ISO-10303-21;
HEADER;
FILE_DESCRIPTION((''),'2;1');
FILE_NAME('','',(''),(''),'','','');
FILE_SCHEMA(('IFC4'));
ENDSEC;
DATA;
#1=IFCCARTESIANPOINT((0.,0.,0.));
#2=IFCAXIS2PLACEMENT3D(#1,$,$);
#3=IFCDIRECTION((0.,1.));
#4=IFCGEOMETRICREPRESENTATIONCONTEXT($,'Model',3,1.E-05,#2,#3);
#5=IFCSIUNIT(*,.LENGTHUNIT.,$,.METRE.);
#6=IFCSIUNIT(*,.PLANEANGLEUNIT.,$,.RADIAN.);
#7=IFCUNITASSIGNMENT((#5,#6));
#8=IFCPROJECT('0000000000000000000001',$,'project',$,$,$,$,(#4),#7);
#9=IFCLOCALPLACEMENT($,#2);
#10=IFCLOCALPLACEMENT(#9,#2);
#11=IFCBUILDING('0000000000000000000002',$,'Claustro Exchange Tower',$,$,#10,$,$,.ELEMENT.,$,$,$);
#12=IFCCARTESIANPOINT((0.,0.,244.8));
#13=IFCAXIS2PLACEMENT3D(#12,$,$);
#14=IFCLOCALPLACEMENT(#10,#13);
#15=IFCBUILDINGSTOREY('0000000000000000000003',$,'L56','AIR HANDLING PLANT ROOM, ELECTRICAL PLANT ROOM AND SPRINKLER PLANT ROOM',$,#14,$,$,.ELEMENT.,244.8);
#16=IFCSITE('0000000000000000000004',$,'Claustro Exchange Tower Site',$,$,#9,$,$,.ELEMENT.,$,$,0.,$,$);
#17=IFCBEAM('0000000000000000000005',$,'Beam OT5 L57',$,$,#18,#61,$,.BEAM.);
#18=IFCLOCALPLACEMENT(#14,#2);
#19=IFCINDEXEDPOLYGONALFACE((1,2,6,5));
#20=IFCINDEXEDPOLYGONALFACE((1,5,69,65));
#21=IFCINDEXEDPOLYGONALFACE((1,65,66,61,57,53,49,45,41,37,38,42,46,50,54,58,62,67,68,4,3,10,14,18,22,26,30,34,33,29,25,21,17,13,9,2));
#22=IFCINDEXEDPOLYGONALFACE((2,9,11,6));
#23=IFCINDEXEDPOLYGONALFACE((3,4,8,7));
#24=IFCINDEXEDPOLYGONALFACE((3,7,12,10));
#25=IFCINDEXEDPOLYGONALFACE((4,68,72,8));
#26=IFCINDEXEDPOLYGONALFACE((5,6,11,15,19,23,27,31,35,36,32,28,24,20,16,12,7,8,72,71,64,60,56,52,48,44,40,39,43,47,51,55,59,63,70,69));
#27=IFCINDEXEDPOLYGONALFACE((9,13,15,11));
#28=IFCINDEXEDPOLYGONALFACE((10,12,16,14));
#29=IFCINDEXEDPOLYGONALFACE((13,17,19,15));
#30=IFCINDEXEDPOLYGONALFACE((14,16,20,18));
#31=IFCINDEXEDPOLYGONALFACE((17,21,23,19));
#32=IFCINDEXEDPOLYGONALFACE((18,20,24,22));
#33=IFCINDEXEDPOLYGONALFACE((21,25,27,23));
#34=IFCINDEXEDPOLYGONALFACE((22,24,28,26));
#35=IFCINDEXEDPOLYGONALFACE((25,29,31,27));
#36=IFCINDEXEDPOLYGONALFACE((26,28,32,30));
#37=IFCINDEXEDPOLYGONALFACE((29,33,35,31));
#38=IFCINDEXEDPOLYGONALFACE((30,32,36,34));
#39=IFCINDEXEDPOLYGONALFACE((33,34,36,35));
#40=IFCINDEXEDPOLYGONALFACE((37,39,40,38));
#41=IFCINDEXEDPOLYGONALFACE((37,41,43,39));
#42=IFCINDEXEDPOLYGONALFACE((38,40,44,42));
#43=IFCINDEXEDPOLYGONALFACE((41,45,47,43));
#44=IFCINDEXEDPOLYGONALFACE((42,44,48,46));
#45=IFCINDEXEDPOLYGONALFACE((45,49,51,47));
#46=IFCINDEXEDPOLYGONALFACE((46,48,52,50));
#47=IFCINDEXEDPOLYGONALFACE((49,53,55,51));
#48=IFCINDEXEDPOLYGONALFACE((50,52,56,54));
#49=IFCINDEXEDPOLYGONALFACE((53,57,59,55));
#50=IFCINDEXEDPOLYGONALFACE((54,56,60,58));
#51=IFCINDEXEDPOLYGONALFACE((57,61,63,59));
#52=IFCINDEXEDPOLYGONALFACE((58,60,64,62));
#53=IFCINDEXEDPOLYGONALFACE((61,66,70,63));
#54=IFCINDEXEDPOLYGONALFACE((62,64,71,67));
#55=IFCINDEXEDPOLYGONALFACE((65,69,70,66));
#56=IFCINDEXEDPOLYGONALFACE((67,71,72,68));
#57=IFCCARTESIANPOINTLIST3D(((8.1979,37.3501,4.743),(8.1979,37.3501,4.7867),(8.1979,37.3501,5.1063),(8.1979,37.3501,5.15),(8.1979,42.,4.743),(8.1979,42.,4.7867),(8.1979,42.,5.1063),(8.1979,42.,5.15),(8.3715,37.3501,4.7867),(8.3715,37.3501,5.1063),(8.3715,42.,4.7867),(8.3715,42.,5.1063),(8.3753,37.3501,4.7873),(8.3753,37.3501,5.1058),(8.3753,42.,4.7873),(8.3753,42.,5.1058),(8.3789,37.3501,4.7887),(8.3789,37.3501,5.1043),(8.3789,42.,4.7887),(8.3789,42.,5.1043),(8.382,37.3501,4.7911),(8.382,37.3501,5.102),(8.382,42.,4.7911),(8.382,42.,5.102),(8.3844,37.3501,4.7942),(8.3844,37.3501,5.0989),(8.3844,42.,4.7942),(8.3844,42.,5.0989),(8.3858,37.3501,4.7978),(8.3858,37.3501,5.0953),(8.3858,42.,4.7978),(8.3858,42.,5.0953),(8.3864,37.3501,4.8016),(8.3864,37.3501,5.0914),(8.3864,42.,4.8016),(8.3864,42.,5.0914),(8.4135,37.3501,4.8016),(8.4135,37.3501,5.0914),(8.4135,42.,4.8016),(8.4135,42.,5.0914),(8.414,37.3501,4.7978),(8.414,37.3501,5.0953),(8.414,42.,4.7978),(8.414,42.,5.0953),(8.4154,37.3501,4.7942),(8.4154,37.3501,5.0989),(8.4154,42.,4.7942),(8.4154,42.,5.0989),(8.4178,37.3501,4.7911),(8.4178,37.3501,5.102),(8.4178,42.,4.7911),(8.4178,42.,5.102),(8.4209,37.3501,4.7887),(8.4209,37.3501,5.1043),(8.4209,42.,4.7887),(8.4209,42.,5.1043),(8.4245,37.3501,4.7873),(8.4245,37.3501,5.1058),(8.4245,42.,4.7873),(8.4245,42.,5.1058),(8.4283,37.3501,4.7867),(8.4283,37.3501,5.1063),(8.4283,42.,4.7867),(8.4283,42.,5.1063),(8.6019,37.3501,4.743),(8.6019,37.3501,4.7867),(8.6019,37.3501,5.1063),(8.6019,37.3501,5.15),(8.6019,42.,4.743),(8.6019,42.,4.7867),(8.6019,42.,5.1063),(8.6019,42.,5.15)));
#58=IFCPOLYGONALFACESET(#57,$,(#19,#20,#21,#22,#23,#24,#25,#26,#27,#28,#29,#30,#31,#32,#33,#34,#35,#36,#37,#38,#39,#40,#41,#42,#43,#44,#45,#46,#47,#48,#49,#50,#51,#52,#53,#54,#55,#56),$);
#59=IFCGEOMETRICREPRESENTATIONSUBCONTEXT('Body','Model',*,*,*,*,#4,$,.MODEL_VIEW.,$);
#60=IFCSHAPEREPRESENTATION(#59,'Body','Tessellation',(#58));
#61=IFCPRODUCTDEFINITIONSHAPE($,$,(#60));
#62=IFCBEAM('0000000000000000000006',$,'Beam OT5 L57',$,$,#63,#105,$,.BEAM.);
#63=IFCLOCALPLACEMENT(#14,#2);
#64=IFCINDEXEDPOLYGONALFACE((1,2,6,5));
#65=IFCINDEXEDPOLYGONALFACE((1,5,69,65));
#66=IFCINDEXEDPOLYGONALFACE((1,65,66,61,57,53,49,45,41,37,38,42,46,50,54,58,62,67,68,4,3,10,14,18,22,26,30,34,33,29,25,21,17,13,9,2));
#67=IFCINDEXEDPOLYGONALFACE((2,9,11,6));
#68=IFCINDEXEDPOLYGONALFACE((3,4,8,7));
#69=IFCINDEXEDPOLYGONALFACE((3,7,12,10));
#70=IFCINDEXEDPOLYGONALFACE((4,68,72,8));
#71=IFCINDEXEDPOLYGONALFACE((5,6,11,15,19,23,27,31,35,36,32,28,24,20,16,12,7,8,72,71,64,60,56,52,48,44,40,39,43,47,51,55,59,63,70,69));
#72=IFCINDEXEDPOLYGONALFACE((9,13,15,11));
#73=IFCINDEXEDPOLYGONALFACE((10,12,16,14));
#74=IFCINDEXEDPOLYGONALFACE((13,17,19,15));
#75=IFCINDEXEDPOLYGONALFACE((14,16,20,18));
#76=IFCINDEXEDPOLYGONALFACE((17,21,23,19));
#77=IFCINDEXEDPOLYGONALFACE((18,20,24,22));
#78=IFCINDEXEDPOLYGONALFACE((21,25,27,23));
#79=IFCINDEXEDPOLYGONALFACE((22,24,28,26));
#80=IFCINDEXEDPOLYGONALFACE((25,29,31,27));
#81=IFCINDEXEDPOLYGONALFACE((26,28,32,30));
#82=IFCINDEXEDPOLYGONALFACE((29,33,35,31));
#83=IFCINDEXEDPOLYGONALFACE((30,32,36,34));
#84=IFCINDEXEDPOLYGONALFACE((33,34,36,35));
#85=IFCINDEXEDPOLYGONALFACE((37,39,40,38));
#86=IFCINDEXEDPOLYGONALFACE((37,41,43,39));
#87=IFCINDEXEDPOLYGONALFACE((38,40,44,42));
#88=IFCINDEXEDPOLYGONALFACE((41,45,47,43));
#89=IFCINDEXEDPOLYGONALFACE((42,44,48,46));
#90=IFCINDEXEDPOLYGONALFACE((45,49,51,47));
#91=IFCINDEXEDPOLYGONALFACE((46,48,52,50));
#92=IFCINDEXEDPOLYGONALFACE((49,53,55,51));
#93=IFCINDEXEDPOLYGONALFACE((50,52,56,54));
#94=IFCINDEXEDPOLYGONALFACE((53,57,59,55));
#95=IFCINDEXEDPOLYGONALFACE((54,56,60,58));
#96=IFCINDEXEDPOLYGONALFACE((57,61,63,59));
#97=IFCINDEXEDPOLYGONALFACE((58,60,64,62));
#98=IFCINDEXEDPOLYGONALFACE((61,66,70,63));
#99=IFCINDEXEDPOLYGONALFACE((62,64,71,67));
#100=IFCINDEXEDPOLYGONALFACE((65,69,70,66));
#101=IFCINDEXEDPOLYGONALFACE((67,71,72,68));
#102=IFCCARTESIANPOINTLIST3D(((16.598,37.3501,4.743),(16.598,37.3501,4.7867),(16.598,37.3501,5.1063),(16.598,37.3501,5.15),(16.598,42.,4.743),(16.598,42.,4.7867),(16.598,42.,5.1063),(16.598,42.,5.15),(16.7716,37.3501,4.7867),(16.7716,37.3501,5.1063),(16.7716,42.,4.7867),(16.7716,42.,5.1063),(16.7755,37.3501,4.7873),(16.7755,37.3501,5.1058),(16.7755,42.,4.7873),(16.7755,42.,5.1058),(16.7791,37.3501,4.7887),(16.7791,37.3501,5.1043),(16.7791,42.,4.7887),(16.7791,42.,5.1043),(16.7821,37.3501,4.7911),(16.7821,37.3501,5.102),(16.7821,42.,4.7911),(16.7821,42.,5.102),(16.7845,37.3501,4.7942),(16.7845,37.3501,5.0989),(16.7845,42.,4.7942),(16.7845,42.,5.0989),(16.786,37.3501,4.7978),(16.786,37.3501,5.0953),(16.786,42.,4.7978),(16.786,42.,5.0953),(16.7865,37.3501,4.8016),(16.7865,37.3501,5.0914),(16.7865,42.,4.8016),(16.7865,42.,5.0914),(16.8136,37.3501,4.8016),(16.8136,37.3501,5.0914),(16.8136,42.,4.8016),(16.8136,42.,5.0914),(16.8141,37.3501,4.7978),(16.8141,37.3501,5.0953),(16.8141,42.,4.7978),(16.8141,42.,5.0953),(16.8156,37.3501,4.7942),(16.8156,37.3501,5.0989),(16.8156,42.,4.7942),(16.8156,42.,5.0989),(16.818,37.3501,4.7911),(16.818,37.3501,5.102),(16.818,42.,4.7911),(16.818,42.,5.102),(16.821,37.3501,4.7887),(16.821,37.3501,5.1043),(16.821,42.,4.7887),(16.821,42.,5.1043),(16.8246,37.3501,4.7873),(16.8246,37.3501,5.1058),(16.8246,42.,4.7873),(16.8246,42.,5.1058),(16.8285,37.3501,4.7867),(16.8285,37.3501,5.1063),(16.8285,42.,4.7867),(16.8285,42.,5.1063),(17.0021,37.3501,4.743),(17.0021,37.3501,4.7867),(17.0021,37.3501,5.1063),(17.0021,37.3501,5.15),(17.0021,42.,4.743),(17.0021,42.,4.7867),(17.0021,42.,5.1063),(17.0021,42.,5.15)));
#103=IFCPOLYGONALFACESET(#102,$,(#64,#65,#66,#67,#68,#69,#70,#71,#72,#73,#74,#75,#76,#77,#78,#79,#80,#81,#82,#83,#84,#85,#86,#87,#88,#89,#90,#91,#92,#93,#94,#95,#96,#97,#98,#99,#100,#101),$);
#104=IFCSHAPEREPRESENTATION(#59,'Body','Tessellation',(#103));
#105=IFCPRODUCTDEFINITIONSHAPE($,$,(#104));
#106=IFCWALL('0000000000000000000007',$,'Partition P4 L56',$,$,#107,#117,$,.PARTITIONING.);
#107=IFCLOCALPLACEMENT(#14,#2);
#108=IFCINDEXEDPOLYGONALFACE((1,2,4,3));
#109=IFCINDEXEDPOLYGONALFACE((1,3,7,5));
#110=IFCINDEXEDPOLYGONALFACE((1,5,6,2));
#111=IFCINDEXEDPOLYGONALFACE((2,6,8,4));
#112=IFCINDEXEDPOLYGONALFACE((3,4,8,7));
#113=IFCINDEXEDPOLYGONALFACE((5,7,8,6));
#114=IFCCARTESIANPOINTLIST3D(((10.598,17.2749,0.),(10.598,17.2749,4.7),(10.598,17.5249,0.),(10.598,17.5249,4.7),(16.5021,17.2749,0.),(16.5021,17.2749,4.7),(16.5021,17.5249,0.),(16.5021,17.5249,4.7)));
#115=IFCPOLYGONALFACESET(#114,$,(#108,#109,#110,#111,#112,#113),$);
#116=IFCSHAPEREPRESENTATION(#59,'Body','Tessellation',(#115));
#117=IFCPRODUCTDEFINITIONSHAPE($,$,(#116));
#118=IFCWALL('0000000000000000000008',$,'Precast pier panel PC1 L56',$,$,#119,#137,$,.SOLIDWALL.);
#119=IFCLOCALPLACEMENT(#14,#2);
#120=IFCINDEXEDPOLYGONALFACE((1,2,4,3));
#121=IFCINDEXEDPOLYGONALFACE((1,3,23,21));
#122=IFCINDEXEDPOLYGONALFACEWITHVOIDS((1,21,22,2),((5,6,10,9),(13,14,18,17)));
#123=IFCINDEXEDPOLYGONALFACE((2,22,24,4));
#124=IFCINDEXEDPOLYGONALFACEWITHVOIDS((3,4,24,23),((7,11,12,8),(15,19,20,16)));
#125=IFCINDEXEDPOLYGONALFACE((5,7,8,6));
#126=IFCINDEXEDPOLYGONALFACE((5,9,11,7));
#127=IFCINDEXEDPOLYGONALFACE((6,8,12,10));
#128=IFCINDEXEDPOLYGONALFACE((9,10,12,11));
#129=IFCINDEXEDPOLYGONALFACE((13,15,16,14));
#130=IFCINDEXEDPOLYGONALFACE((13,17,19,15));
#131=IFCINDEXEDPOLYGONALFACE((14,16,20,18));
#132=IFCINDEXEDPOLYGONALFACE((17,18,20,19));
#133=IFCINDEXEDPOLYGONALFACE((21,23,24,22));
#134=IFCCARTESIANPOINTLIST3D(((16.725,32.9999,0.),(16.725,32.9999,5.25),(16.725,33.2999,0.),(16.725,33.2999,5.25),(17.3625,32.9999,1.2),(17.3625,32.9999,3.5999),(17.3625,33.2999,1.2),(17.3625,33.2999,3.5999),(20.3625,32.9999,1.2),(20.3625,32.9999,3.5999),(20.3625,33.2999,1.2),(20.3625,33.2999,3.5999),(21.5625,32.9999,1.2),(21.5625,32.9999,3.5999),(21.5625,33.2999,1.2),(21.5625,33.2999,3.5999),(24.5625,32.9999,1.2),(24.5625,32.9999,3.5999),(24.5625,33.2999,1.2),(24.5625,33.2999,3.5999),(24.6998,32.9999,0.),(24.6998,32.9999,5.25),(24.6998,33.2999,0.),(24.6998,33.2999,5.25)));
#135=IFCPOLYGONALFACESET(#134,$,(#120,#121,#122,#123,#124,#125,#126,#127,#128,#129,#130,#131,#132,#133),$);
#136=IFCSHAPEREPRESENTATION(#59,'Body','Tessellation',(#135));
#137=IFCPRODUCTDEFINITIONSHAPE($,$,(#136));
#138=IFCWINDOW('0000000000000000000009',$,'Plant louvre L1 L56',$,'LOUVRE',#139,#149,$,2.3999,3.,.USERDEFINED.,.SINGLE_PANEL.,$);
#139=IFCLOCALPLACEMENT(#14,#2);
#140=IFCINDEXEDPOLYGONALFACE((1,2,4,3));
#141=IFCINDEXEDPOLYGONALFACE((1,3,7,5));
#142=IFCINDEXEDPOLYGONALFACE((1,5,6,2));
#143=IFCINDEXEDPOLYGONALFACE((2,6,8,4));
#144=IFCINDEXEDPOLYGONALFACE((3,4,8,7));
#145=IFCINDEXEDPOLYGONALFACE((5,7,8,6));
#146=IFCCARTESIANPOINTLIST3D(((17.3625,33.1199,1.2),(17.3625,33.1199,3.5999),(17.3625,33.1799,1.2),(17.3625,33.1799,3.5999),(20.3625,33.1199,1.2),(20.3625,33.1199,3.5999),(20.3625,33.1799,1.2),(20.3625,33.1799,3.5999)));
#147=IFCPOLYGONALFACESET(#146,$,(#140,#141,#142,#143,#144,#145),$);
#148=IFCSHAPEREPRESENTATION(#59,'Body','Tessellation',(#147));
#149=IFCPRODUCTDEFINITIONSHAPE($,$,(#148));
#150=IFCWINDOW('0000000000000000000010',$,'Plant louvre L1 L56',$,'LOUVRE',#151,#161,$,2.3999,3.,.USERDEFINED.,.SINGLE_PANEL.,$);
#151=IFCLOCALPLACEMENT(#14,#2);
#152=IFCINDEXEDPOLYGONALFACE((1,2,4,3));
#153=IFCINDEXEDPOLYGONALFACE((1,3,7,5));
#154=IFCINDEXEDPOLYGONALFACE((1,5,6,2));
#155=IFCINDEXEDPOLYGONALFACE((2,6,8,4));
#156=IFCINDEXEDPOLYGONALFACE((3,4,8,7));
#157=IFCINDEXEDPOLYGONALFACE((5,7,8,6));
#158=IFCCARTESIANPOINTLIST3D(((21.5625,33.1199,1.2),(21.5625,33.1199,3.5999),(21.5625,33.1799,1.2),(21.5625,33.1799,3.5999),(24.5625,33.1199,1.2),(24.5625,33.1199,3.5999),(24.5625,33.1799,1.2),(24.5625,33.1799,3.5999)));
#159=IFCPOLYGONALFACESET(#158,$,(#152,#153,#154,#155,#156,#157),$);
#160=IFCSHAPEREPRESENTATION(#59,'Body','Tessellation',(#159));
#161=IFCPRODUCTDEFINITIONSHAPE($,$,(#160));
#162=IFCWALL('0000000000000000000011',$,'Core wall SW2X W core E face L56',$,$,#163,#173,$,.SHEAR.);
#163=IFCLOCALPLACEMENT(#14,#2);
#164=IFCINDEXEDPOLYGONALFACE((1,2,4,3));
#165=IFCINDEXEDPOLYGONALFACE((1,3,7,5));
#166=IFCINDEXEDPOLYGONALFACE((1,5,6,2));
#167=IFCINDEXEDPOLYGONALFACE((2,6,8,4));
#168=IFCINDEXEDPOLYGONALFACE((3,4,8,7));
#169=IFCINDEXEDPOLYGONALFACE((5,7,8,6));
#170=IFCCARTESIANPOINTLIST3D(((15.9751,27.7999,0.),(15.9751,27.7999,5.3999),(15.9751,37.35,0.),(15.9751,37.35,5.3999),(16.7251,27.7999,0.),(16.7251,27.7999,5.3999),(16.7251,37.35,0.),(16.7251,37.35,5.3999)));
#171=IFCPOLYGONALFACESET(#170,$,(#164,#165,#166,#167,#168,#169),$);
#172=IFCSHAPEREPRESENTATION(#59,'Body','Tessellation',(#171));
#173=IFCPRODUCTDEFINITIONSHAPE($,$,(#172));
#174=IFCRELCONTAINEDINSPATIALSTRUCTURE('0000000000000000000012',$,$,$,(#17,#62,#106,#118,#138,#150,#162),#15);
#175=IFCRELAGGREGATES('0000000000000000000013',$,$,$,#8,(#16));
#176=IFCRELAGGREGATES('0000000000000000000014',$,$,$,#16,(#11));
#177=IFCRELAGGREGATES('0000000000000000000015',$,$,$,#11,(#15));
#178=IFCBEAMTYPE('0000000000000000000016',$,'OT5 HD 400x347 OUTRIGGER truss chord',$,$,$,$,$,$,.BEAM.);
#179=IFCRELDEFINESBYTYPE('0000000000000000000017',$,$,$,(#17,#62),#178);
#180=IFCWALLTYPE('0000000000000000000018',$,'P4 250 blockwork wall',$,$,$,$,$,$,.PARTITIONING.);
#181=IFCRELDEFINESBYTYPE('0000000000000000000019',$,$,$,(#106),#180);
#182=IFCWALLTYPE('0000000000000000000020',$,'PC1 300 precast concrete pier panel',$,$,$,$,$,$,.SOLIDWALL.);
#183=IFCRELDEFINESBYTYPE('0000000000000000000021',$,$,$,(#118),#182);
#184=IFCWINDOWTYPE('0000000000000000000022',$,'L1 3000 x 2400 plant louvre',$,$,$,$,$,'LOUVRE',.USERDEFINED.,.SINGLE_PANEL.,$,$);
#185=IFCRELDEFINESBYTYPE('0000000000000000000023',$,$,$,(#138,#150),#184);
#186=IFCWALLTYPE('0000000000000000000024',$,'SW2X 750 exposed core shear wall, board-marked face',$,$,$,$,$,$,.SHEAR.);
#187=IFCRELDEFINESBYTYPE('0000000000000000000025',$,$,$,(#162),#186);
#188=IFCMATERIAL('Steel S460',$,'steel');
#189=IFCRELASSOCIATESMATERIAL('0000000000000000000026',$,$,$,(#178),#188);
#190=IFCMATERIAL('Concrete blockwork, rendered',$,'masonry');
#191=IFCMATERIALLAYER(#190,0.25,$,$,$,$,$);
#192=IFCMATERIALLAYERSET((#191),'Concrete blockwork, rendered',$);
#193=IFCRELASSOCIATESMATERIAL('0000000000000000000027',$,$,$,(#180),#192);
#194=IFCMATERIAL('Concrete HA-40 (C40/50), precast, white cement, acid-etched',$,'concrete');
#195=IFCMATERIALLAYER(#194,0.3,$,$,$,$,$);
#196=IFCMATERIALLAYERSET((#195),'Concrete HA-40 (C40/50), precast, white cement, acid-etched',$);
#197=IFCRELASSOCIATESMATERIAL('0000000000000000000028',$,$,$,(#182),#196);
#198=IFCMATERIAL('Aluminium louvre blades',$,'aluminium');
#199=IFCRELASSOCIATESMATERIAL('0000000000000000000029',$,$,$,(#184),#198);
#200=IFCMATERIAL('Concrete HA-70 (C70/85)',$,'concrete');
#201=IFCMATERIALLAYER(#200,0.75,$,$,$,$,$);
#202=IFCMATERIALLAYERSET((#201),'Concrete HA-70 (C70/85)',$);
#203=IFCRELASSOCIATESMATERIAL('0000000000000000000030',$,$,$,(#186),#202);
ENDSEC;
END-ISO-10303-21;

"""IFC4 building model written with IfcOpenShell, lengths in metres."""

from ifc_helpers import new_model, si_unit, direction, frame, frame_2d, origin, origin_2d, place, context, subcontext, project, spatial, rectangle, i_section, extrude, material, layer, layer_set, material_profile, profile_set, type_object, element, fill, save


model = new_model("IFC4")

# Units and contexts
model_context = context("Model", 3, precision=1e-05, world=origin(), true_north=direction((0.0, 1.0)))
body_context = subcontext(model_context, "Body", "Model", "MODEL_VIEW")
ifc_project = project(units=[si_unit("LENGTHUNIT", "METRE"), si_unit("PLANEANGLEUNIT", "RADIAN")], contexts=[model_context])

# Site, building, storey
site_placement = place(None, origin())
site = spatial("IfcSite", under=ifc_project, at=site_placement, Name="Claustro Exchange Tower Site", CompositionType="ELEMENT", RefElevation=0.0)
building_placement = place(site_placement, origin())
building = spatial("IfcBuilding", under=site, at=building_placement, Name="Claustro Exchange Tower", CompositionType="ELEMENT")
storey_placement = place(building_placement, frame((0.0, 0.0, 244.8)))
storey = spatial("IfcBuildingStorey", under=building, at=storey_placement, Name="L56", Description="AIR HANDLING PLANT ROOM, ELECTRICAL PLANT ROOM AND SPRINKLER PLANT ROOM", CompositionType="ELEMENT", Elevation=244.8)

# Beams
ifc_material_1 = material(Name="Steel S460", Category="steel")
ifc_material_profile_1 = material_profile(ifc_material_1, i_section(OverallWidth=0.4041, OverallDepth=0.407, WebThickness=0.0271, FlangeThickness=0.0437, FilletRadius=0.0149, at=origin_2d()), Name="HD 400x347")
ifc_profile_set_1 = profile_set([ifc_material_profile_1], Name="Steel S460")
beam_type_1 = type_object("IfcBeamType", Name="OT5 HD 400x347 OUTRIGGER truss chord", PredefinedType="BEAM", material=ifc_profile_set_1)
for number, where, z_axis, x_axis, name in (
    (1, (8.3999, 37.3501, 4.9465), (0.0, 1.0, 0.0), (-1.0, 0.0, 0.0), "Beam OT5 L57"),
    (2, (16.8, 37.3501, 4.9465), (0.0, 1.0, 0.0), (-1.0, 0.0, 0.0), "Beam OT5 L57"),
):
    element("IfcBeam", number, at=place(storey_placement, frame(where, z_axis=z_axis, x_axis=x_axis)), inside=storey, type_object=beam_type_1, Name=name, PredefinedType="BEAM", context=body_context, shape_type="SweptSolid", body=[
        extrude(i_section(OverallWidth=0.4041, OverallDepth=0.407, WebThickness=0.0271, FlangeThickness=0.0437, FilletRadius=0.0149, at=origin_2d()), origin(), (0.0, 0.0, 1.0), 4.6499),
    ])

# Wall
ifc_material_2 = material(Name="Concrete blockwork, rendered", Category="masonry")
ifc_layer_1 = layer(ifc_material_2, 0.25)
ifc_layer_set_1 = layer_set([ifc_layer_1], Name="Concrete blockwork, rendered")
wall_type_1 = type_object("IfcWallType", Name="P4 250 blockwork wall", PredefinedType="PARTITIONING", material=ifc_layer_set_1)
wall_1_placement = place(storey_placement, frame((10.5979, 17.3999, 0.0), z_axis=(0.0, 0.0, 1.0), x_axis=(1.0, 0.0, 0.0)))
element("IfcWall", 3, at=wall_1_placement, inside=storey, type_object=wall_type_1, Name="Partition P4 L56", PredefinedType="PARTITIONING", context=body_context, shape_type="SweptSolid", body=[
    extrude(rectangle(XDim=5.9041, YDim=0.25, at=frame_2d((2.9521, 0.0))), origin(), (0.0, 0.0, 1.0), 4.7),
])

# Wall, openings, windows
ifc_material_3 = material(Name="Concrete HA-40 (C40/50), precast, white cement, acid-etched", Category="concrete")
ifc_layer_2 = layer(ifc_material_3, 0.3)
ifc_layer_set_2 = layer_set([ifc_layer_2], Name="Concrete HA-40 (C40/50), precast, white cement, acid-etched")
wall_type_2 = type_object("IfcWallType", Name="PC1 300 precast concrete pier panel", PredefinedType="SOLIDWALL", material=ifc_layer_set_2)
wall_2_placement = place(storey_placement, frame((16.7251, 33.1499, 0.0), z_axis=(0.0, 0.0, 1.0), x_axis=(1.0, 0.0, 0.0)))
wall_2 = element("IfcWall", 4, at=wall_2_placement, inside=storey, type_object=wall_type_2, Name="Precast pier panel PC1 L56", PredefinedType="SOLIDWALL", context=body_context, shape_type="SweptSolid", body=[
    extrude(rectangle(XDim=7.9749, YDim=0.3, at=frame_2d((3.9873, 0.0))), origin(), (0.0, 0.0, 1.0), 5.25),
])
opening_1_placement = place(wall_2_placement, frame((0.6375, 0.0, 1.2)))
opening_1 = element("IfcOpeningElement", 5, at=opening_1_placement, cuts=wall_2, PredefinedType="OPENING", context=body_context, shape_type="SweptSolid", body=[
    extrude(rectangle(XDim=3.0, YDim=2.3999, at=frame_2d((1.5, 1.2))), frame((0.0, 0.1599, 0.0), z_axis=(0.0, -1.0, 0.0), x_axis=(1.0, 0.0, 0.0)), (0.0, 0.0, 1.0), 0.3201),
])
opening_2_placement = place(wall_2_placement, frame((4.8374, 0.0, 1.2)))
opening_2 = element("IfcOpeningElement", 6, at=opening_2_placement, cuts=wall_2, PredefinedType="OPENING", context=body_context, shape_type="SweptSolid", body=[
    extrude(rectangle(XDim=3.0, YDim=2.3999, at=frame_2d((1.5, 1.2))), frame((0.0, 0.1599, 0.0), z_axis=(0.0, -1.0, 0.0), x_axis=(1.0, 0.0, 0.0)), (0.0, 0.0, 1.0), 0.3201),
])
ifc_material_4 = material(Name="Aluminium louvre blades", Category="aluminium")
window_type = type_object("IfcWindowType", Name="L1 3000 x 2400 plant louvre", ElementType="LOUVRE", PartitioningType="SINGLE_PANEL", PredefinedType="USERDEFINED", material=ifc_material_4)
window_1_placement = place(opening_1_placement, origin())
window_1 = element("IfcWindow", 7, at=window_1_placement, inside=storey, type_object=window_type, Name="Plant louvre L1 L56", ObjectType="LOUVRE", OverallHeight=2.3999, OverallWidth=3.0, PartitioningType="SINGLE_PANEL", PredefinedType="USERDEFINED", context=body_context, shape_type="SweptSolid", body=[
    extrude(rectangle(XDim=3.0, YDim=2.3999, at=frame_2d((1.5, 1.2))), frame((0.0, 0.03, 0.0), z_axis=(0.0, -1.0, 0.0), x_axis=(1.0, 0.0, 0.0)), (0.0, 0.0, 1.0), 0.0601),
])
fill(opening_1, window_1)
window_2_placement = place(opening_2_placement, origin())
window_2 = element("IfcWindow", 8, at=window_2_placement, inside=storey, type_object=window_type, Name="Plant louvre L1 L56", ObjectType="LOUVRE", OverallHeight=2.3999, OverallWidth=3.0, PartitioningType="SINGLE_PANEL", PredefinedType="USERDEFINED", context=body_context, shape_type="SweptSolid", body=[
    extrude(rectangle(XDim=3.0, YDim=2.3999, at=frame_2d((1.5, 1.2))), frame((0.0, 0.03, 0.0), z_axis=(0.0, -1.0, 0.0), x_axis=(1.0, 0.0, 0.0)), (0.0, 0.0, 1.0), 0.0601),
])
fill(opening_2, window_2)

# Wall
ifc_material_5 = material(Name="Concrete HA-70 (C70/85)", Category="concrete")
ifc_layer_3 = layer(ifc_material_5, 0.75)
ifc_layer_set_3 = layer_set([ifc_layer_3], Name="Concrete HA-70 (C70/85)")
wall_type_3 = type_object("IfcWallType", Name="SW2X 750 exposed core shear wall, board-marked face", PredefinedType="SHEAR", material=ifc_layer_set_3)
wall_3_placement = place(storey_placement, frame((16.3501, 27.8, 0.0), z_axis=(0.0, 0.0, 1.0), x_axis=(0.0, 1.0, 0.0)))
element("IfcWall", 9, at=wall_3_placement, inside=storey, type_object=wall_type_3, Name="Core wall SW2X W core E face L56", PredefinedType="SHEAR", context=body_context, shape_type="SweptSolid", body=[
    extrude(rectangle(XDim=9.55, YDim=0.75, at=frame_2d((4.7749, 0.0))), origin(), (0.0, 0.0, 1.0), 5.3999),
])

save(model, "model.ifc")
